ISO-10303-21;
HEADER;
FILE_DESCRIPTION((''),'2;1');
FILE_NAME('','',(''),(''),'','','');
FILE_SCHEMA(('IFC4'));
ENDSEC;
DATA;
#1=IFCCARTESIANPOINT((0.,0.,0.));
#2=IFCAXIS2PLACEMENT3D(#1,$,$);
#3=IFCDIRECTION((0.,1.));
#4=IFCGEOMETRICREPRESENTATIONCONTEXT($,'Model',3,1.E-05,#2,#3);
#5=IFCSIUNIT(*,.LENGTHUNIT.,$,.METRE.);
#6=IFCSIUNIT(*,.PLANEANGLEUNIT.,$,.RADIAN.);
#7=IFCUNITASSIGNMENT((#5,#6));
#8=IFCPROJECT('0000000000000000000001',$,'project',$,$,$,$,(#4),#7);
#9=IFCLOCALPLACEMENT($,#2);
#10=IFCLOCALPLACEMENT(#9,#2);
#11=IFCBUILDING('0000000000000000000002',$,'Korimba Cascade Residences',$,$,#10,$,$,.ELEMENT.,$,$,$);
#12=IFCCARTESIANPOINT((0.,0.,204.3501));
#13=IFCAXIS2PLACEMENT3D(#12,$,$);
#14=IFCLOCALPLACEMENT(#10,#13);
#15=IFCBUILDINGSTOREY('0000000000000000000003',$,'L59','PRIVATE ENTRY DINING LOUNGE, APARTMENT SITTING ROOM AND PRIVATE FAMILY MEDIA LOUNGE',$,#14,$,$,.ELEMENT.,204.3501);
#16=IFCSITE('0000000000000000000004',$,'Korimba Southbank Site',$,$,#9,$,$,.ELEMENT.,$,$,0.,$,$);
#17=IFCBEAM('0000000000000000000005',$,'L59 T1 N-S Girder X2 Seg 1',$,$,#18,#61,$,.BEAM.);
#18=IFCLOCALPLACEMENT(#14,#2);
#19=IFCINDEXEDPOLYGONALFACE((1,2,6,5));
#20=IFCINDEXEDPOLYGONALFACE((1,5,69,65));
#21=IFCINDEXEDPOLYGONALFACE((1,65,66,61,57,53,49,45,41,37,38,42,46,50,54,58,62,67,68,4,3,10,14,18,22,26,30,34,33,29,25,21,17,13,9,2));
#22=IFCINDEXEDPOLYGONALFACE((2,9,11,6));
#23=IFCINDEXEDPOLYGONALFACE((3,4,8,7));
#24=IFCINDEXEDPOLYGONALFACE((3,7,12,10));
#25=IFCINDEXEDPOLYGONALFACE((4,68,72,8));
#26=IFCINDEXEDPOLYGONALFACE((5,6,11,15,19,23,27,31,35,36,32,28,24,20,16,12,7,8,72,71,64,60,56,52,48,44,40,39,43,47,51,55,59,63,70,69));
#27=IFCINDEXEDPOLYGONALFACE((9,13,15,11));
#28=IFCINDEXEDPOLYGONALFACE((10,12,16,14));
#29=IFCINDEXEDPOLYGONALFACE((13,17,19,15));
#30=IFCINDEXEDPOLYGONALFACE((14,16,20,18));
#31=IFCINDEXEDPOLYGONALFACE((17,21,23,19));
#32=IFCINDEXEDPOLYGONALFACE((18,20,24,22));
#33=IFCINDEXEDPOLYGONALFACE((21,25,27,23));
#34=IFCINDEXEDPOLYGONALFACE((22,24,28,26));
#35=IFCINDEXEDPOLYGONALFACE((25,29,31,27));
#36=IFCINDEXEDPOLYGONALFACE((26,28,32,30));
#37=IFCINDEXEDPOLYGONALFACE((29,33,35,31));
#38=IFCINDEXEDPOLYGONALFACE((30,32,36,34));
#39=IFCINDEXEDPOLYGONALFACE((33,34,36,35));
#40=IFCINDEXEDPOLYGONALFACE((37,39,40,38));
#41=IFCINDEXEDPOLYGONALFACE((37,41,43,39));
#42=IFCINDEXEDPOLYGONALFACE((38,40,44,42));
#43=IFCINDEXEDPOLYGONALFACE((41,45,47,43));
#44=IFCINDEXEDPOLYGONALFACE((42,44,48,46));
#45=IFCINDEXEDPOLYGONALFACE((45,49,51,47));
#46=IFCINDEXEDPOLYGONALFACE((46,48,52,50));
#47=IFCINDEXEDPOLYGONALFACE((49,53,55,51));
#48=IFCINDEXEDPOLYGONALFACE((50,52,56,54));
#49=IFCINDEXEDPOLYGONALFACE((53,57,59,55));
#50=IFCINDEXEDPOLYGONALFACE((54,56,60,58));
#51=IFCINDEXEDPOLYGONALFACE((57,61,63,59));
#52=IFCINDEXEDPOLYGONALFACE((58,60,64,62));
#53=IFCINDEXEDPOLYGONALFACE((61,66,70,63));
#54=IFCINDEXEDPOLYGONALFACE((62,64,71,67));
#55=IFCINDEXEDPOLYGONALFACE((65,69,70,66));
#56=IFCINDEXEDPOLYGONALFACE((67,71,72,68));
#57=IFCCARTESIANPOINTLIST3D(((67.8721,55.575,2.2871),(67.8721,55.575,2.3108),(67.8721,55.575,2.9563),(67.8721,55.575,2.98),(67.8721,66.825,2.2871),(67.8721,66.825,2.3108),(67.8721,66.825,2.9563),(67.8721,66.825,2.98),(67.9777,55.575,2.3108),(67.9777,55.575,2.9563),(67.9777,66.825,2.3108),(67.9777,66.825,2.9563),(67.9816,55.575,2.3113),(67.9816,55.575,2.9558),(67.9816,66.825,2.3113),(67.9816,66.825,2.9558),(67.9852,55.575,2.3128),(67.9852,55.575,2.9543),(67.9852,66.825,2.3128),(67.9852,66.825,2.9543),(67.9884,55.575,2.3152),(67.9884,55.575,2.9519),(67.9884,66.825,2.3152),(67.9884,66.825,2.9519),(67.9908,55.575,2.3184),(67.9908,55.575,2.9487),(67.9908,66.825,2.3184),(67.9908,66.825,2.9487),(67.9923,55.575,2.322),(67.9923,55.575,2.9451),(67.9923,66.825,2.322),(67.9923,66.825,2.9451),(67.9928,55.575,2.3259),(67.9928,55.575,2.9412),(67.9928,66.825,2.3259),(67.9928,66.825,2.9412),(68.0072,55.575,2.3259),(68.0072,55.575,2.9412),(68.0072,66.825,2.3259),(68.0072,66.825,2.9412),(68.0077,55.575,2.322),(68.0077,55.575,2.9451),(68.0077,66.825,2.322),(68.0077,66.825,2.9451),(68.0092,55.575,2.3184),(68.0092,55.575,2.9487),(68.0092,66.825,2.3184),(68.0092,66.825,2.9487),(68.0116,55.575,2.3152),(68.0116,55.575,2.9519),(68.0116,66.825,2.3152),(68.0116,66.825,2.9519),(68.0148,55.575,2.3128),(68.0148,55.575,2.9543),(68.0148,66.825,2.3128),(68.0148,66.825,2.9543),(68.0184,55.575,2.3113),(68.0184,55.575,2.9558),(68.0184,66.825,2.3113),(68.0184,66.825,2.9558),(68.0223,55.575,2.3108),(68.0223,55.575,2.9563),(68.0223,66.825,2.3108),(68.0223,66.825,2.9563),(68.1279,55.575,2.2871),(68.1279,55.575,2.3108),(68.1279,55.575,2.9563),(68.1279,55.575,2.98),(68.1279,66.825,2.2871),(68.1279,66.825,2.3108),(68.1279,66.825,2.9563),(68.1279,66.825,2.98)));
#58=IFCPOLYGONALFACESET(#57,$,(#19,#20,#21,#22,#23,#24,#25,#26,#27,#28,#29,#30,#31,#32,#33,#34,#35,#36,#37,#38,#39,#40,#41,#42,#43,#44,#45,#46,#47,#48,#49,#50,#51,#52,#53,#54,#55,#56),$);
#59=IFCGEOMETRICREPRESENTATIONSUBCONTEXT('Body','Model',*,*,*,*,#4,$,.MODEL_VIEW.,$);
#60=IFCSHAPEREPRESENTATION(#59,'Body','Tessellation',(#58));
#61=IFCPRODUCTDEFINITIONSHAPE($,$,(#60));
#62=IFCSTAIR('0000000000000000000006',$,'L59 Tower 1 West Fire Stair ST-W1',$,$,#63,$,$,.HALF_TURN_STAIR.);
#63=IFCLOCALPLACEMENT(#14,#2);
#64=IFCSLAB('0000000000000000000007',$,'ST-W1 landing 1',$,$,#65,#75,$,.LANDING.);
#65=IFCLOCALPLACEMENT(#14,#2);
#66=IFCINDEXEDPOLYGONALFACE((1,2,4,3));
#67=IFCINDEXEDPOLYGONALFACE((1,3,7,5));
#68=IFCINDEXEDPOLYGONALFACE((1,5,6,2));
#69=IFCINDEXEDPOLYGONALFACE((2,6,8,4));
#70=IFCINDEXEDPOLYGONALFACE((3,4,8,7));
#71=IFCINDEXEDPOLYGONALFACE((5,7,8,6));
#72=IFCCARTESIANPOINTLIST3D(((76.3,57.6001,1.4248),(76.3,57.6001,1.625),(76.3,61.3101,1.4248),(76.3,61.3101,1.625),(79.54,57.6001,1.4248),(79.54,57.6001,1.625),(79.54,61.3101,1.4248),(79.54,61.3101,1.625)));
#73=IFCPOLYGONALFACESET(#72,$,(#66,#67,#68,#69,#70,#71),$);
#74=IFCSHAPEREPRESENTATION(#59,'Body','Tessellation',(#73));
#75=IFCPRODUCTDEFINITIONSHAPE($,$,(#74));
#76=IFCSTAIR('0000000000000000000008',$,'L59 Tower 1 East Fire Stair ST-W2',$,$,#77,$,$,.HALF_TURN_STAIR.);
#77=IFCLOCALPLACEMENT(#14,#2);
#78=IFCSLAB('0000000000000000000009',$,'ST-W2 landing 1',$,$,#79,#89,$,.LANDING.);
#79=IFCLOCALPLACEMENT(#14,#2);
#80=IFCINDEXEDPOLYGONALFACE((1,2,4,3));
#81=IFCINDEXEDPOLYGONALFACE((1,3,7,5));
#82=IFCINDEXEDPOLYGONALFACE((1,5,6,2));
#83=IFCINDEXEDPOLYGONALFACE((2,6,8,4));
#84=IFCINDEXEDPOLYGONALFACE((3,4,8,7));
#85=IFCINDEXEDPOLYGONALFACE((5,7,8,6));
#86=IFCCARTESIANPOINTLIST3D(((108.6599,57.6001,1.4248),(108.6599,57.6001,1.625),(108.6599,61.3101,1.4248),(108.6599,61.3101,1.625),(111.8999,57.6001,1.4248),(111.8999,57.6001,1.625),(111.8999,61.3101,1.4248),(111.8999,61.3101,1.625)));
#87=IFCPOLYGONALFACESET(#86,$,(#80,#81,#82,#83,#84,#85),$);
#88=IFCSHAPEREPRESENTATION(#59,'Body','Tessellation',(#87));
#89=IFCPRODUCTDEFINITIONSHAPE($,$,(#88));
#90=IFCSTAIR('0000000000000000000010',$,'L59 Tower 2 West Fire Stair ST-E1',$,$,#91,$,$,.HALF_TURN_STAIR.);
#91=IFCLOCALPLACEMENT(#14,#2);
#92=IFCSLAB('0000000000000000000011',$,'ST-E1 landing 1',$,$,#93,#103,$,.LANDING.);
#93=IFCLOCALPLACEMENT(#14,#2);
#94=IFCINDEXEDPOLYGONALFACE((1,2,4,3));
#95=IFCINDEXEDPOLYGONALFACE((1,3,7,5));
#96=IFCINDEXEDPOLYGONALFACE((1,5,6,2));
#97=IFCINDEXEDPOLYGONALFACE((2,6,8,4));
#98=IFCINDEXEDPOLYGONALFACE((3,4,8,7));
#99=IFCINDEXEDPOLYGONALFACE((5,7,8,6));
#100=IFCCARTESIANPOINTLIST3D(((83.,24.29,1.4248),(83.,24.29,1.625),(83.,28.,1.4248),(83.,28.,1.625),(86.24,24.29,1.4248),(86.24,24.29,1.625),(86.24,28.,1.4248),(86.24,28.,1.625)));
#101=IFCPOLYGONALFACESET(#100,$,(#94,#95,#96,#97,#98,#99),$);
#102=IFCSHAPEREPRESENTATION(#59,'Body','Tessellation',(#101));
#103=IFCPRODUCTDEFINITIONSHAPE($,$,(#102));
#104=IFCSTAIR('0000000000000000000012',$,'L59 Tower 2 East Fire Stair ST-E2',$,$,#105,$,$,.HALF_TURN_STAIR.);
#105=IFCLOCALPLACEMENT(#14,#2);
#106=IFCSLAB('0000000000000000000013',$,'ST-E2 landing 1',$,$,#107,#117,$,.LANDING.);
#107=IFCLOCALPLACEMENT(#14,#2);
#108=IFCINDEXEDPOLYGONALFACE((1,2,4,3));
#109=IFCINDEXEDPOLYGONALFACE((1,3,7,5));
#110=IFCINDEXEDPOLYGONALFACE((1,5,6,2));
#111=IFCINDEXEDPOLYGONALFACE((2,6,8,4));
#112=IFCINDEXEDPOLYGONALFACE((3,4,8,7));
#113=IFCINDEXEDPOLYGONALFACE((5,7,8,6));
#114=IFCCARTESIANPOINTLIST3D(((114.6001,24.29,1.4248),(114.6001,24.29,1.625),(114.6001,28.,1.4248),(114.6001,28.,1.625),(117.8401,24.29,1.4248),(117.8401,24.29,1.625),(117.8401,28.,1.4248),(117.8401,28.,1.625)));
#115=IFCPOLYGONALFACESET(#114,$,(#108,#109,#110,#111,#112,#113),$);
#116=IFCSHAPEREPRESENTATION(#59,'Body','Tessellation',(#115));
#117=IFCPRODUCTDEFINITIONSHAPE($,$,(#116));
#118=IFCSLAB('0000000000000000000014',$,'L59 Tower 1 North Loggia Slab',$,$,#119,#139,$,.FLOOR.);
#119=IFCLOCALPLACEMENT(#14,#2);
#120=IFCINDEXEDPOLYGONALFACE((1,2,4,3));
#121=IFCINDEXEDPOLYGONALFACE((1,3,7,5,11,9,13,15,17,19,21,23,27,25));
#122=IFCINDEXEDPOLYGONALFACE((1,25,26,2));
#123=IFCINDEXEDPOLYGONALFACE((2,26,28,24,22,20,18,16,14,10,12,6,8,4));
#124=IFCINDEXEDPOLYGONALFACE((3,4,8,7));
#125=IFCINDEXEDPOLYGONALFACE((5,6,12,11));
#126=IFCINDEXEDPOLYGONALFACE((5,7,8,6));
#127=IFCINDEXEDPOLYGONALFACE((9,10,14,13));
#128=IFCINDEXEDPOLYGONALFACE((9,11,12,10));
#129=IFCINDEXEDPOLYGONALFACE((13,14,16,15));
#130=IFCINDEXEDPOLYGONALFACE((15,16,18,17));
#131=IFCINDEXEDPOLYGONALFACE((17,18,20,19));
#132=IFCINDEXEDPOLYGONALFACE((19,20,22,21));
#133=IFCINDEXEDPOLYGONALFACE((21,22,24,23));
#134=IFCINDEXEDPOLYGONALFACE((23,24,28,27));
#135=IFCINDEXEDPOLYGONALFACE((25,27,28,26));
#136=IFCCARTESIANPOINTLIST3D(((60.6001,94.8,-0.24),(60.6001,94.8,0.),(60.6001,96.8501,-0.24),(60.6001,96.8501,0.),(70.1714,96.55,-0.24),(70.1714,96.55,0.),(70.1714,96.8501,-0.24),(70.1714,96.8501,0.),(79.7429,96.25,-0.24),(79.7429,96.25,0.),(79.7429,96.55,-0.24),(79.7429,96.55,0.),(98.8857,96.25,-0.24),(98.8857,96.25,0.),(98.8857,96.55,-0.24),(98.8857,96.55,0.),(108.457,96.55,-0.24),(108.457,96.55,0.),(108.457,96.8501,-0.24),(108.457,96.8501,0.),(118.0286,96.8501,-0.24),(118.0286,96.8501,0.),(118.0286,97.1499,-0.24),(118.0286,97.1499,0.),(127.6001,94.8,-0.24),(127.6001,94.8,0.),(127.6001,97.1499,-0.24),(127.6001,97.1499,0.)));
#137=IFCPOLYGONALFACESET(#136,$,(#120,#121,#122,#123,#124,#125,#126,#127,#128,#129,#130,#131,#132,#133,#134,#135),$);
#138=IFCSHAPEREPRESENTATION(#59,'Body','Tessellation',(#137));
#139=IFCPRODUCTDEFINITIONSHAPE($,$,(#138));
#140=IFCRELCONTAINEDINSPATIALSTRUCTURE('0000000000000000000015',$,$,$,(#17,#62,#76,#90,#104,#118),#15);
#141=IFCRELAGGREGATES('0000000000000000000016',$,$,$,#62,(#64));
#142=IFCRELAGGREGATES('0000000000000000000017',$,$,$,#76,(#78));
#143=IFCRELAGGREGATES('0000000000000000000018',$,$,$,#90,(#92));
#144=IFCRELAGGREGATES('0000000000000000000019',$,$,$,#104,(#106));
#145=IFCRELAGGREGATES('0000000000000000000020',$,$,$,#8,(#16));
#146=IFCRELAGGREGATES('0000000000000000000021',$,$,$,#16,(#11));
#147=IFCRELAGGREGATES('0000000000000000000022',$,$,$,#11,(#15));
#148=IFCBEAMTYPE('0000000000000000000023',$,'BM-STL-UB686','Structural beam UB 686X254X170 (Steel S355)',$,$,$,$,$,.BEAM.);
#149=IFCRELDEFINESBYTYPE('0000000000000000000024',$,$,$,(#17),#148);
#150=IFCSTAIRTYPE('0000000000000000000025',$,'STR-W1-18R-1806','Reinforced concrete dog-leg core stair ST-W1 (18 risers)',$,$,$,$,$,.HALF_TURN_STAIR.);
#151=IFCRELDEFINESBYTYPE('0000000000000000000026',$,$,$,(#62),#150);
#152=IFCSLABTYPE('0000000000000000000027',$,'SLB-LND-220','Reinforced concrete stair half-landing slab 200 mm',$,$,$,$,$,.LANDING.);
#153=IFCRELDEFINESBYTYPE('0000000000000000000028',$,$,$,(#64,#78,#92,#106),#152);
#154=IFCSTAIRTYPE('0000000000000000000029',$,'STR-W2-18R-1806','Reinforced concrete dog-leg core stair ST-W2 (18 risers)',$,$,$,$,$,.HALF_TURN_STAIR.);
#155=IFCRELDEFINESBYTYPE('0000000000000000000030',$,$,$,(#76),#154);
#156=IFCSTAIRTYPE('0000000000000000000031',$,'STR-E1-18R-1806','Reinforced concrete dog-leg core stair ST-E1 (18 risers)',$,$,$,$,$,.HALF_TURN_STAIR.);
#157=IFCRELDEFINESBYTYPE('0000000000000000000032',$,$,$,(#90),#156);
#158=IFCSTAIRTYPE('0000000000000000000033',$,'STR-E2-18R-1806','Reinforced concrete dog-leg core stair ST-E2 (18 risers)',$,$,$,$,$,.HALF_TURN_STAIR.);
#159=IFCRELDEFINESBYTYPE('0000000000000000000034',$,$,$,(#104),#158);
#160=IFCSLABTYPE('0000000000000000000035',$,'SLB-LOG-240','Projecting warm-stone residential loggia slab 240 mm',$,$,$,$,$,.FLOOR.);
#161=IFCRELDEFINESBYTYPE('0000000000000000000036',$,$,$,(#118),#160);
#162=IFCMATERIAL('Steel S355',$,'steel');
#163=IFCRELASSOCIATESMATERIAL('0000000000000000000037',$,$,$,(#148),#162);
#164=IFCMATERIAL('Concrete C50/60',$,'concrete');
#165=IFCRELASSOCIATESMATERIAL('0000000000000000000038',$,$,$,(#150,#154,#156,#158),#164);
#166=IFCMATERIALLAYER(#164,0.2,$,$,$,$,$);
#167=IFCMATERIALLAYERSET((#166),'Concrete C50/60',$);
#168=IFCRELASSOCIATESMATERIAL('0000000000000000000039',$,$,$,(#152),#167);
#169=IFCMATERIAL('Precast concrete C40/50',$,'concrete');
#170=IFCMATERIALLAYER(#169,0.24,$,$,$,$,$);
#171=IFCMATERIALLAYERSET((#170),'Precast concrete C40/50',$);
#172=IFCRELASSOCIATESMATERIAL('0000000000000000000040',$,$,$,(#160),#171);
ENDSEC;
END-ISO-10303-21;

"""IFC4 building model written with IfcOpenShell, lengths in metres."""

from ifc_helpers import new_model, si_unit, direction, frame, origin, origin_2d, place, context, subcontext, project, spatial, polyline, i_section, outline, extrude, material, layer, layer_set, material_profile, profile_set, type_object, element, aggregate, save


model = new_model("IFC4")

# Units and contexts
model_context = context("Model", 3, precision=1e-05, world=origin(), true_north=direction((0.0, 1.0)))
body_context = subcontext(model_context, "Body", "Model", "MODEL_VIEW")
ifc_project = project(units=[si_unit("LENGTHUNIT", "METRE"), si_unit("PLANEANGLEUNIT", "RADIAN")], contexts=[model_context])

# Site, building, storey
site_placement = place(None, origin())
site = spatial("IfcSite", under=ifc_project, at=site_placement, Name="Korimba Southbank Site", CompositionType="ELEMENT", RefElevation=0.0)
building_placement = place(site_placement, origin())
building = spatial("IfcBuilding", under=site, at=building_placement, Name="Korimba Cascade Residences", CompositionType="ELEMENT")
storey_placement = place(building_placement, frame((0.0, 0.0, 204.3501)))
storey = spatial("IfcBuildingStorey", under=building, at=storey_placement, Name="L59", Description="PRIVATE ENTRY DINING LOUNGE, APARTMENT SITTING ROOM AND PRIVATE FAMILY MEDIA LOUNGE", CompositionType="ELEMENT", Elevation=204.3501)

# Beam
ifc_material_1 = material(Name="Steel S355", Category="steel")
ifc_material_profile_1 = material_profile(ifc_material_1, i_section(OverallWidth=0.2559, OverallDepth=0.6929, WebThickness=0.0144, FlangeThickness=0.0237, FilletRadius=0.0151, at=origin_2d()), Name="Steel S355")
ifc_profile_set_1 = profile_set([ifc_material_profile_1], Name="Steel S355")
beam_type_1 = type_object("IfcBeamType", Name="BM-STL-UB686", Description="Structural beam UB 686X254X170 (Steel S355)", PredefinedType="BEAM", material=ifc_profile_set_1)
beam_1_placement = place(storey_placement, frame((68.0, 55.575, 2.6335), z_axis=(0.0, 1.0, 0.0), x_axis=(-1.0, 0.0, 0.0)))
element("IfcBeam", 1, at=beam_1_placement, inside=storey, type_object=beam_type_1, Name="L59 T1 N-S Girder X2 Seg 1", PredefinedType="BEAM", context=body_context, shape_type="SweptSolid", body=[
    extrude(i_section(OverallWidth=0.2559, OverallDepth=0.6929, WebThickness=0.0144, FlangeThickness=0.0237, FilletRadius=0.0151, at=origin_2d()), origin(), (0.0, 0.0, 1.0), 11.25),
])

# Stairs, slabs
ifc_material_2 = material(Name="Concrete C50/60", Category="concrete")
stair_type_1 = type_object("IfcStairType", Name="STR-W1-18R-1806", Description="Reinforced concrete dog-leg core stair ST-W1 (18 risers)", PredefinedType="HALF_TURN_STAIR", material=ifc_material_2)
stair_1_placement = place(storey_placement, origin())
stair_1 = element("IfcStair", 2, at=stair_1_placement, inside=storey, type_object=stair_type_1, Name="L59 Tower 1 West Fire Stair ST-W1", PredefinedType="HALF_TURN_STAIR")
ifc_layer_1 = layer(ifc_material_2, 0.2)
ifc_layer_set_1 = layer_set([ifc_layer_1], Name="Concrete C50/60")
slab_type_1 = type_object("IfcSlabType", Name="SLB-LND-220", Description="Reinforced concrete stair half-landing slab 200 mm", PredefinedType="LANDING", material=ifc_layer_set_1)
slab_1_placement = place(storey_placement, frame((0.0, 0.0, 1.4248)))
slab_1 = element("IfcSlab", 3, at=slab_1_placement, type_object=slab_type_1, Name="ST-W1 landing 1", PredefinedType="LANDING", context=body_context, shape_type="SweptSolid", body=[
    extrude(outline(polyline([(76.3, 61.3101), (76.3, 57.6001), (79.54, 57.6001), (79.54, 61.3101), (76.3, 61.3101)])), origin(), (0.0, 0.0, 1.0), 0.2002),
])
aggregate(stair_1, [slab_1])
stair_type_2 = type_object("IfcStairType", Name="STR-W2-18R-1806", Description="Reinforced concrete dog-leg core stair ST-W2 (18 risers)", PredefinedType="HALF_TURN_STAIR", material=ifc_material_2)
stair_2_placement = place(storey_placement, origin())
stair_2 = element("IfcStair", 4, at=stair_2_placement, inside=storey, type_object=stair_type_2, Name="L59 Tower 1 East Fire Stair ST-W2", PredefinedType="HALF_TURN_STAIR")
slab_2_placement = place(storey_placement, frame((0.0, 0.0, 1.4248)))
slab_2 = element("IfcSlab", 5, at=slab_2_placement, type_object=slab_type_1, Name="ST-W2 landing 1", PredefinedType="LANDING", context=body_context, shape_type="SweptSolid", body=[
    extrude(outline(polyline([(108.6599, 61.3101), (108.6599, 57.6001), (111.8999, 57.6001), (111.8999, 61.3101), (108.6599, 61.3101)])), origin(), (0.0, 0.0, 1.0), 0.2002),
])
aggregate(stair_2, [slab_2])
stair_type_3 = type_object("IfcStairType", Name="STR-E1-18R-1806", Description="Reinforced concrete dog-leg core stair ST-E1 (18 risers)", PredefinedType="HALF_TURN_STAIR", material=ifc_material_2)
stair_3_placement = place(storey_placement, origin())
stair_3 = element("IfcStair", 6, at=stair_3_placement, inside=storey, type_object=stair_type_3, Name="L59 Tower 2 West Fire Stair ST-E1", PredefinedType="HALF_TURN_STAIR")
slab_3_placement = place(storey_placement, frame((0.0, 0.0, 1.4248)))
slab_3 = element("IfcSlab", 7, at=slab_3_placement, type_object=slab_type_1, Name="ST-E1 landing 1", PredefinedType="LANDING", context=body_context, shape_type="SweptSolid", body=[
    extrude(outline(polyline([(86.24, 24.29), (86.24, 28.0), (83.0, 28.0), (83.0, 24.29), (86.24, 24.29)])), origin(), (0.0, 0.0, 1.0), 0.2002),
])
aggregate(stair_3, [slab_3])
stair_type_4 = type_object("IfcStairType", Name="STR-E2-18R-1806", Description="Reinforced concrete dog-leg core stair ST-E2 (18 risers)", PredefinedType="HALF_TURN_STAIR", material=ifc_material_2)
stair_4_placement = place(storey_placement, origin())
stair_4 = element("IfcStair", 8, at=stair_4_placement, inside=storey, type_object=stair_type_4, Name="L59 Tower 2 East Fire Stair ST-E2", PredefinedType="HALF_TURN_STAIR")
slab_4_placement = place(storey_placement, frame((0.0, 0.0, 1.4248)))
slab_4 = element("IfcSlab", 9, at=slab_4_placement, type_object=slab_type_1, Name="ST-E2 landing 1", PredefinedType="LANDING", context=body_context, shape_type="SweptSolid", body=[
    extrude(outline(polyline([(117.8401, 24.29), (117.8401, 28.0), (114.6001, 28.0), (114.6001, 24.29), (117.8401, 24.29)])), origin(), (0.0, 0.0, 1.0), 0.2002),
])
aggregate(stair_4, [slab_4])

# Slab
ifc_material_3 = material(Name="Precast concrete C40/50", Category="concrete")
ifc_layer_2 = layer(ifc_material_3, 0.24)
ifc_layer_set_2 = layer_set([ifc_layer_2], Name="Precast concrete C40/50")
slab_type_2 = type_object("IfcSlabType", Name="SLB-LOG-240", Description="Projecting warm-stone residential loggia slab 240 mm", PredefinedType="FLOOR", material=ifc_layer_set_2)
slab_5_placement = place(storey_placement, frame((0.0, 0.0, -0.24)))
element("IfcSlab", 10, at=slab_5_placement, inside=storey, type_object=slab_type_2, Name="L59 Tower 1 North Loggia Slab", PredefinedType="FLOOR", context=body_context, shape_type="SweptSolid", body=[
    extrude(outline(polyline([(60.6001, 94.8), (127.6001, 94.8), (127.6001, 97.1499), (118.0286, 97.1499), (118.0286, 96.8501), (108.457, 96.8501), (108.457, 96.55), (98.8857, 96.55), (98.8857, 96.25), (79.7429, 96.25), (79.7429, 96.55), (70.1714, 96.55), (70.1714, 96.8501), (60.6001, 96.8501), (60.6001, 94.8)])), origin(), (0.0, 0.0, 1.0), 0.24),
])

save(model, "model.ifc")
